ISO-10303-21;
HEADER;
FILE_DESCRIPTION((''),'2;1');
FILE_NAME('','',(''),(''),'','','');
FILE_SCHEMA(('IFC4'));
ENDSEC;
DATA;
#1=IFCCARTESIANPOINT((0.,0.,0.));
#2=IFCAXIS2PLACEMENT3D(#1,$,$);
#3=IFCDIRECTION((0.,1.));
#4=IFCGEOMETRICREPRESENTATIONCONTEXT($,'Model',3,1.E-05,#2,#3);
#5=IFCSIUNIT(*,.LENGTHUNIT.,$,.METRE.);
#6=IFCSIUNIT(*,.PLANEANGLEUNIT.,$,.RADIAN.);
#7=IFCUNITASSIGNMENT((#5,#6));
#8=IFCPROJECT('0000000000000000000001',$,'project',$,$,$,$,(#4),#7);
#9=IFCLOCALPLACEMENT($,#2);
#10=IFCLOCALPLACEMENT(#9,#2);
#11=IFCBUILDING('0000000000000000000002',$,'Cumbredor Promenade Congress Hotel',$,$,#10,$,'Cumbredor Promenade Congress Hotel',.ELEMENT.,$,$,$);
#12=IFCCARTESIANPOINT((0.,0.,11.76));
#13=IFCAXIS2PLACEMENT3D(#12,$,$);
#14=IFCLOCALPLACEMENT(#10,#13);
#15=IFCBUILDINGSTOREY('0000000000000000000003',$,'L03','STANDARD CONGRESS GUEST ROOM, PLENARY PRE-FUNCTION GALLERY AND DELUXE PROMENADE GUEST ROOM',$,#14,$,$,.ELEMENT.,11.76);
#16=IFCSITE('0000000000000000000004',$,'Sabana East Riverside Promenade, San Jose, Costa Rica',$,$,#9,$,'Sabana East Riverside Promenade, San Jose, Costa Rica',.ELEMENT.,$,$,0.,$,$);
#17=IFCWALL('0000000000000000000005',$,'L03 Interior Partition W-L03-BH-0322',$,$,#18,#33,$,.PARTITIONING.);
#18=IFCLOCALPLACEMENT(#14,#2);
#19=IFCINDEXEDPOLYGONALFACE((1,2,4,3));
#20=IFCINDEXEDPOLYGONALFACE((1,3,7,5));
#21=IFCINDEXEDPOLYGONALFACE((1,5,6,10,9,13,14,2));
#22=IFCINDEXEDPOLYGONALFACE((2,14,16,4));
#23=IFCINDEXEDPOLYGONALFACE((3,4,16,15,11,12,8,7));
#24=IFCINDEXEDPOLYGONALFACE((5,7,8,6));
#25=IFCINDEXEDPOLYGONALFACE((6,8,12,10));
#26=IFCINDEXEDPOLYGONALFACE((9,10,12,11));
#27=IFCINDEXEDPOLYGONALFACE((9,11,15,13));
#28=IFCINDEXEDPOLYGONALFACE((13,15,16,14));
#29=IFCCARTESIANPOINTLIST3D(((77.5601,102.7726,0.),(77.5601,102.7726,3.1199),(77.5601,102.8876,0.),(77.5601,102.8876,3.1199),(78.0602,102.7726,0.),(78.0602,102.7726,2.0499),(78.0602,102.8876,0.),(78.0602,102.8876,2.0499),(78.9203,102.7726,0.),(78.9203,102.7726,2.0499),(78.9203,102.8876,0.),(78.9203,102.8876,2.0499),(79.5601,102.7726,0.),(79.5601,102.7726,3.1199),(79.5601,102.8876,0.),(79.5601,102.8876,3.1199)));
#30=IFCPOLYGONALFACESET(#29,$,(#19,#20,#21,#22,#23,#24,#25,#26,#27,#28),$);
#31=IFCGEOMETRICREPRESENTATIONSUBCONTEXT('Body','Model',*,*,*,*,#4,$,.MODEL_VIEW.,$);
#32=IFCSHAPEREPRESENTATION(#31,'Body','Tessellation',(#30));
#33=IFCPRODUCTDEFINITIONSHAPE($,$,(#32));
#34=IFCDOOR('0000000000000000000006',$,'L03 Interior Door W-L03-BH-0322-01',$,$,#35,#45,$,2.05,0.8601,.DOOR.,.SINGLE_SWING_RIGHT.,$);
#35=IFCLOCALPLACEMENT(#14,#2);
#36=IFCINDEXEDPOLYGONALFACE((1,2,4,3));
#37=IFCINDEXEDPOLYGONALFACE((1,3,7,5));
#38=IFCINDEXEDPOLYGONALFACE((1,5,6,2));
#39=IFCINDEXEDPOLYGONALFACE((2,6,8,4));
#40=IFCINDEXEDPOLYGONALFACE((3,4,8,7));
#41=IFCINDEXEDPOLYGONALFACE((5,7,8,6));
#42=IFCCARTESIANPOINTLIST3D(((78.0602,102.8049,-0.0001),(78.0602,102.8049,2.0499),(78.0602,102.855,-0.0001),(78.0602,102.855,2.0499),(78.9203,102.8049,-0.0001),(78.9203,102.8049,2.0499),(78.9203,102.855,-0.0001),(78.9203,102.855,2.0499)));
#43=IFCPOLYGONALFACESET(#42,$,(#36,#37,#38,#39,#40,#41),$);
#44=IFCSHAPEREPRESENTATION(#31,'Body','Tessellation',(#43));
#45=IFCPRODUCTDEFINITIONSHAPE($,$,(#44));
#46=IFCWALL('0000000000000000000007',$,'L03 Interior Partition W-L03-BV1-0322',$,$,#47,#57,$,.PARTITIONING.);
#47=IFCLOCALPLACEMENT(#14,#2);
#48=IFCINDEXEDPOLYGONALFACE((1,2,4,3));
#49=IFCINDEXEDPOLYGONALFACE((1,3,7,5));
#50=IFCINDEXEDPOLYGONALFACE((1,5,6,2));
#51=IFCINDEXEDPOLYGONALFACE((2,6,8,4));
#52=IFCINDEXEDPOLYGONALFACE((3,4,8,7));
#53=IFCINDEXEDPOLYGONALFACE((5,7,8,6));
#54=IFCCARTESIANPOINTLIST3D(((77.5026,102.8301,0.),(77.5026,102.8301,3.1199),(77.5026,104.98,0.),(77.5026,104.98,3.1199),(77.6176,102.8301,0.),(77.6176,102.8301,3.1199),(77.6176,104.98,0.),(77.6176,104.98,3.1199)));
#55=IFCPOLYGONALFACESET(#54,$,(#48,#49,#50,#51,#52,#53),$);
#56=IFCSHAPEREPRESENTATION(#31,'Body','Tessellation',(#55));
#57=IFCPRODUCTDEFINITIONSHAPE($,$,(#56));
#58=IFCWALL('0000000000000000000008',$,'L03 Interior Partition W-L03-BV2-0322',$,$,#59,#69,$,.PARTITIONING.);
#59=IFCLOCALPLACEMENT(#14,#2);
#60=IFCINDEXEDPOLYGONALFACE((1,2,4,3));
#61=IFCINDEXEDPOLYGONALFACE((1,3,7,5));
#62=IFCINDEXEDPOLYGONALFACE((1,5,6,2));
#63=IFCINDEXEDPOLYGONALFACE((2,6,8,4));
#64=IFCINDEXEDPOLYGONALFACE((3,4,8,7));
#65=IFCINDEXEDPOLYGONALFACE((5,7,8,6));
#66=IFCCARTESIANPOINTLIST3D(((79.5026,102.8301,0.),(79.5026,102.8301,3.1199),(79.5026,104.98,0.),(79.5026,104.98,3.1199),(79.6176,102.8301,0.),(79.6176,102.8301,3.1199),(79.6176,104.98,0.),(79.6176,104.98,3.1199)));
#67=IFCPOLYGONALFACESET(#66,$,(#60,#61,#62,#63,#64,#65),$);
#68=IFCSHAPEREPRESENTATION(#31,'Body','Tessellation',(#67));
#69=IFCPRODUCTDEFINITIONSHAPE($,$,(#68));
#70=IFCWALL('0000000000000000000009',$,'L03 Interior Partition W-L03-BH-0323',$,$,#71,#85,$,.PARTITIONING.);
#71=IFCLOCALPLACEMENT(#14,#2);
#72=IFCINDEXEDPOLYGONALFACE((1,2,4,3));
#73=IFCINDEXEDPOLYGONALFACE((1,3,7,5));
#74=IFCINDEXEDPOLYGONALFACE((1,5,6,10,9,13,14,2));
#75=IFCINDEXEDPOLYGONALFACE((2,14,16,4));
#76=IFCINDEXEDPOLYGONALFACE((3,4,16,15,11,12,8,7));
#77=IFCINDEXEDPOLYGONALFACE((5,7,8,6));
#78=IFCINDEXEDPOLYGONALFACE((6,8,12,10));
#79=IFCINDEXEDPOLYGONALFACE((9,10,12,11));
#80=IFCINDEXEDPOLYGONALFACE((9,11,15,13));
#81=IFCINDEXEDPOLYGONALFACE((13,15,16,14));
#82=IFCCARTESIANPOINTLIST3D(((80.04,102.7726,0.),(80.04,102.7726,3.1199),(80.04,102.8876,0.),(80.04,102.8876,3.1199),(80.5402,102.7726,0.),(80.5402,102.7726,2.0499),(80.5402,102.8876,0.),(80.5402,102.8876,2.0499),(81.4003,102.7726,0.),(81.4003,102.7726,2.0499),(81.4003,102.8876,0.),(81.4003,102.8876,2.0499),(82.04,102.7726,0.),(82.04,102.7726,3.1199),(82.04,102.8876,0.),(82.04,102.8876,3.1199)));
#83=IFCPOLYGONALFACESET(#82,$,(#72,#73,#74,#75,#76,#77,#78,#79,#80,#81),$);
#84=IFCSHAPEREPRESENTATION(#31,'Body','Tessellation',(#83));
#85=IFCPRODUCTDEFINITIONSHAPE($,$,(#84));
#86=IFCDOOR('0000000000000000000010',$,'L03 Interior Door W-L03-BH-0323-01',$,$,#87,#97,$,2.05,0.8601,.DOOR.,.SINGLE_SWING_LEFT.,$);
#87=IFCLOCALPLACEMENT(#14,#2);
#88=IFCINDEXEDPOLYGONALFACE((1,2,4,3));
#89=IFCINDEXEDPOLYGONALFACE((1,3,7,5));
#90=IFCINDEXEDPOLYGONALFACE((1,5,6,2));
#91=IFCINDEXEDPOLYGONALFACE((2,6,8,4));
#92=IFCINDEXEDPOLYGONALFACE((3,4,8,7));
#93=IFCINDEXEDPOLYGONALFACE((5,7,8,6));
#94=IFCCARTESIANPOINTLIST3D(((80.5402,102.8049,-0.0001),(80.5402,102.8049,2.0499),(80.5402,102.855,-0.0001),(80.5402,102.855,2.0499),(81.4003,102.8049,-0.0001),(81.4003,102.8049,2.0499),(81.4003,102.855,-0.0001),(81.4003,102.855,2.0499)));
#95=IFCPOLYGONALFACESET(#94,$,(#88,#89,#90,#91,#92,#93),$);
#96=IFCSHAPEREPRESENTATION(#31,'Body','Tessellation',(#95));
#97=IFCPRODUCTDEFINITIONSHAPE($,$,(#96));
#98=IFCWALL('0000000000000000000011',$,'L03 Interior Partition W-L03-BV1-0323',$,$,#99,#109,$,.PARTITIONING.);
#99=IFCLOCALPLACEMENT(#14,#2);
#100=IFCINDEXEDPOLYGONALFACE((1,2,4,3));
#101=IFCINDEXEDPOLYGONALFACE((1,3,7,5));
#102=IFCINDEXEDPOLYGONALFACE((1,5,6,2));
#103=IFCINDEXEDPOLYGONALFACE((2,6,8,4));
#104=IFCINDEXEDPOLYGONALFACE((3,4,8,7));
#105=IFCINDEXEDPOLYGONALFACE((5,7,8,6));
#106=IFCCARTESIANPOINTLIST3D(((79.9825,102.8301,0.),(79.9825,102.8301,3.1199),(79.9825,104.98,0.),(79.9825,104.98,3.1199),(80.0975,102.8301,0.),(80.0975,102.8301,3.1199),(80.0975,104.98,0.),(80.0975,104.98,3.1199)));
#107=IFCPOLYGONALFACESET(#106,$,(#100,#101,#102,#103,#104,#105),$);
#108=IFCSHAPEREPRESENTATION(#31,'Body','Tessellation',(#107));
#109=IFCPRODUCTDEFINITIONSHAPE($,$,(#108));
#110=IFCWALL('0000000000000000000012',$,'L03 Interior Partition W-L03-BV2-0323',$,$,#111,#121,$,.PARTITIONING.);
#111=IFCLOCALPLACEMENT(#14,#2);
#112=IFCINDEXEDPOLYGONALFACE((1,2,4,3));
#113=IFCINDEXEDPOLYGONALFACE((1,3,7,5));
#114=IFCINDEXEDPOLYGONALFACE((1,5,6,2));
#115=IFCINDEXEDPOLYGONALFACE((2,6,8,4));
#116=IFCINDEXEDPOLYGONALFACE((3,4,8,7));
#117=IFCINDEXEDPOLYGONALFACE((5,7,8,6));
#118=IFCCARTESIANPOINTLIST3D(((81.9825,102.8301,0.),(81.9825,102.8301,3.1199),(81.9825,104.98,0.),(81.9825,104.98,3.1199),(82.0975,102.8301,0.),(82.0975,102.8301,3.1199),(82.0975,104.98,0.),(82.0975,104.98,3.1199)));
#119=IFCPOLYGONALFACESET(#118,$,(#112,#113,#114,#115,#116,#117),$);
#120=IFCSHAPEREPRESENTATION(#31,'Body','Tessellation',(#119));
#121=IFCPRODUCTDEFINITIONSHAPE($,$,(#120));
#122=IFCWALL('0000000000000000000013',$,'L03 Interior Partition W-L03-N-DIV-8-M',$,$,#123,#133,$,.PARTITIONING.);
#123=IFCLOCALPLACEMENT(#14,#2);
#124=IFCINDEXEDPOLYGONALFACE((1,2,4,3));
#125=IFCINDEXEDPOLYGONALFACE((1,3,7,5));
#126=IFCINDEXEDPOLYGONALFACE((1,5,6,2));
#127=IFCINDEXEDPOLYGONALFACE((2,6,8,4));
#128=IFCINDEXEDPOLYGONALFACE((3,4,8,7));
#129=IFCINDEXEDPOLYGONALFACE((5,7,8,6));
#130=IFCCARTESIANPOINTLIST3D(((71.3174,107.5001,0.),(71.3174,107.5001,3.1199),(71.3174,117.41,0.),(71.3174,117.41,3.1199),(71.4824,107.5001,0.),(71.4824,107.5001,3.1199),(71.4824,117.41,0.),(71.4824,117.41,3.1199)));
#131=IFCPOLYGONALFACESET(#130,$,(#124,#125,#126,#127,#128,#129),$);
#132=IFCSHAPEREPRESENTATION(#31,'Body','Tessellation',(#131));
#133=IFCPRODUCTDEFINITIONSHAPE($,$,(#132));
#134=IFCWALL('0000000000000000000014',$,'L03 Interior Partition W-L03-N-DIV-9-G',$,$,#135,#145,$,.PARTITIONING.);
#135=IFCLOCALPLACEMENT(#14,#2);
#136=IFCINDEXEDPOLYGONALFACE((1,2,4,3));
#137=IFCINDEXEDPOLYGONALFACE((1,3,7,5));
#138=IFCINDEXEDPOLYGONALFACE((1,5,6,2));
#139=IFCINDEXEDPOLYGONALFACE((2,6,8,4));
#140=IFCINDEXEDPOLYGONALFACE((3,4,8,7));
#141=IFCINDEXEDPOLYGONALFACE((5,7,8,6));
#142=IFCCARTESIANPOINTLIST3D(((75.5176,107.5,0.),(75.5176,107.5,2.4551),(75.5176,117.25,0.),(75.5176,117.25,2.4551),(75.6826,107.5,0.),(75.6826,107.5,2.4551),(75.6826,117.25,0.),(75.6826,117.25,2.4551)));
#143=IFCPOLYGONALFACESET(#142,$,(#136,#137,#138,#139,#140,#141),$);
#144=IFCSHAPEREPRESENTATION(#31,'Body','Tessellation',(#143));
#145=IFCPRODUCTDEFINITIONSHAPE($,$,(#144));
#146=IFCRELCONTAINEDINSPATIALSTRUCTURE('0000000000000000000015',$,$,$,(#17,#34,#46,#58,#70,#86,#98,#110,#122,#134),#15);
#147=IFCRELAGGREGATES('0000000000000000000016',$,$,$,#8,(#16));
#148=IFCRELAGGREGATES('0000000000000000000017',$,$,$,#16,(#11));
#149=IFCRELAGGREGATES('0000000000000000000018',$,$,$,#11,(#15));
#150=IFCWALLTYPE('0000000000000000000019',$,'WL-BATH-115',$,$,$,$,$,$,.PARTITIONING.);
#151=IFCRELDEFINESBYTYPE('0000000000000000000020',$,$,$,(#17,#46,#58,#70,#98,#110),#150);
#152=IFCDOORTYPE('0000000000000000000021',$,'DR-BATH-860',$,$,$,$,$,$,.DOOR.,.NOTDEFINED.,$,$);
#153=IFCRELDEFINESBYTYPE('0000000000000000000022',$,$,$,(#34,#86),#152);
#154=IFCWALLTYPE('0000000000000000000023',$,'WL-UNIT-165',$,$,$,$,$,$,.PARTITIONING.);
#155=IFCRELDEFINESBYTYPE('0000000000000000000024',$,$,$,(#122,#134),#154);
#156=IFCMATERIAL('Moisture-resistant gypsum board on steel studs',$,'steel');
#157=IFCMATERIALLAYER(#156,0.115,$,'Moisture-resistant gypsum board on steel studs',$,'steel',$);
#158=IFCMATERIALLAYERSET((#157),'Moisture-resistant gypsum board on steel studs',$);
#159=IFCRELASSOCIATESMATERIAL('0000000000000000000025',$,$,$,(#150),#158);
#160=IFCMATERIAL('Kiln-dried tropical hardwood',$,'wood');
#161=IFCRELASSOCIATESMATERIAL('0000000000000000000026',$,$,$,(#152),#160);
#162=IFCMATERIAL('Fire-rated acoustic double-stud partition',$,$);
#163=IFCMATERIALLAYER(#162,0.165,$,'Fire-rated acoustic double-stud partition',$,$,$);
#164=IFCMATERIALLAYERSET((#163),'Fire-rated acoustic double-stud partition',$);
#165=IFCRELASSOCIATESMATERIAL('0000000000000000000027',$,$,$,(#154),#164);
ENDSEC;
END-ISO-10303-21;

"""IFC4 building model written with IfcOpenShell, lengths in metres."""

from ifc_helpers import new_model, si_unit, direction, frame, frame_2d, origin, place, context, subcontext, project, spatial, rectangle, extrude, material, layer, layer_set, type_object, element, fill, save


model = new_model("IFC4")

# Units and contexts
model_context = context("Model", 3, precision=1e-05, world=origin(), true_north=direction((0.0, 1.0)))
body_context = subcontext(model_context, "Body", "Model", "MODEL_VIEW")
ifc_project = project(units=[si_unit("LENGTHUNIT", "METRE"), si_unit("PLANEANGLEUNIT", "RADIAN")], contexts=[model_context])

# Site, building, storey
site_placement = place(None, origin())
site = spatial("IfcSite", under=ifc_project, at=site_placement, Name="Sabana East Riverside Promenade, San Jose, Costa Rica", LongName="Sabana East Riverside Promenade, San Jose, Costa Rica", CompositionType="ELEMENT", RefElevation=0.0)
building_placement = place(site_placement, origin())
building = spatial("IfcBuilding", under=site, at=building_placement, Name="Cumbredor Promenade Congress Hotel", LongName="Cumbredor Promenade Congress Hotel", CompositionType="ELEMENT")
storey_placement = place(building_placement, frame((0.0, 0.0, 11.76)))
storey = spatial("IfcBuildingStorey", under=building, at=storey_placement, Name="L03", Description="STANDARD CONGRESS GUEST ROOM, PLENARY PRE-FUNCTION GALLERY AND DELUXE PROMENADE GUEST ROOM", CompositionType="ELEMENT", Elevation=11.76)

# Shared definitions
ifc_material_1 = material(Name="Moisture-resistant gypsum board on steel studs", Category="steel")
ifc_layer_1 = layer(ifc_material_1, 0.115, Name="Moisture-resistant gypsum board on steel studs", Category="steel")
ifc_layer_set_1 = layer_set([ifc_layer_1], Name="Moisture-resistant gypsum board on steel studs")
wall_type_1 = type_object("IfcWallType", Name="WL-BATH-115", PredefinedType="PARTITIONING", material=ifc_layer_set_1)

# Shared definitions
ifc_material_2 = material(Name="Kiln-dried tropical hardwood", Category="wood")
door_type = type_object("IfcDoorType", Name="DR-BATH-860", OperationType="NOTDEFINED", PredefinedType="DOOR", material=ifc_material_2)

# Wall, opening, door
wall_1_placement = place(storey_placement, frame((77.5601, 102.8301, 0.0), z_axis=(0.0, 0.0, 1.0), x_axis=(1.0, 0.0, 0.0)))
wall_1 = element("IfcWall", 1, at=wall_1_placement, inside=storey, type_object=wall_type_1, Name="L03 Interior Partition W-L03-BH-0322", PredefinedType="PARTITIONING", context=body_context, shape_type="SweptSolid", body=[
    extrude(rectangle(XDim=2.0, YDim=0.115, at=frame_2d((1.0, 0.0))), origin(), (0.0, 0.0, 1.0), 3.1199),
])
opening_1_placement = place(wall_1_placement, frame((0.5, 0.0, 0.0)))
opening_1 = element("IfcOpeningElement", 2, at=opening_1_placement, cuts=wall_1, PredefinedType="OPENING", context=body_context, shape_type="SweptSolid", body=[
    extrude(rectangle(XDim=0.8601, YDim=2.05, at=frame_2d((0.4302, 1.0249))), frame((0.0, 0.0674, 0.0), z_axis=(0.0, -1.0, 0.0), x_axis=(1.0, 0.0, 0.0)), (0.0, 0.0, 1.0), 0.135),
])
door_1_placement = place(opening_1_placement, origin())
door_1 = element("IfcDoor", 3, at=door_1_placement, inside=storey, type_object=door_type, Name="L03 Interior Door W-L03-BH-0322-01", OperationType="SINGLE_SWING_RIGHT", OverallHeight=2.05, OverallWidth=0.8601, PredefinedType="DOOR", context=body_context, shape_type="SweptSolid", body=[
    extrude(rectangle(XDim=0.8601, YDim=2.05, at=frame_2d((0.4302, 1.0249))), frame((0.0, 0.0249, 0.0), z_axis=(0.0, -1.0, 0.0), x_axis=(1.0, 0.0, 0.0)), (0.0, 0.0, 1.0), 0.05),
])
fill(opening_1, door_1)

# Walls
for number, where, z_axis, x_axis, name in (
    (4, (77.5601, 102.8301, 0.0), (0.0, 0.0, 1.0), (0.0, 1.0, 0.0), "L03 Interior Partition W-L03-BV1-0322"),
    (5, (79.5601, 102.8301, 0.0), (0.0, 0.0, 1.0), (0.0, 1.0, 0.0), "L03 Interior Partition W-L03-BV2-0322"),
):
    element("IfcWall", number, at=place(storey_placement, frame(where, z_axis=z_axis, x_axis=x_axis)), inside=storey, type_object=wall_type_1, Name=name, PredefinedType="PARTITIONING", context=body_context, shape_type="SweptSolid", body=[
        extrude(rectangle(XDim=2.1499, YDim=0.115, at=frame_2d((1.075, 0.0))), origin(), (0.0, 0.0, 1.0), 3.1199),
    ])

# Wall, opening, door
wall_2_placement = place(storey_placement, frame((80.04, 102.8301, 0.0), z_axis=(0.0, 0.0, 1.0), x_axis=(1.0, 0.0, 0.0)))
wall_2 = element("IfcWall", 6, at=wall_2_placement, inside=storey, type_object=wall_type_1, Name="L03 Interior Partition W-L03-BH-0323", PredefinedType="PARTITIONING", context=body_context, shape_type="SweptSolid", body=[
    extrude(rectangle(XDim=2.0, YDim=0.115, at=frame_2d((1.0, 0.0))), origin(), (0.0, 0.0, 1.0), 3.1199),
])
opening_2_placement = place(wall_2_placement, frame((0.5, 0.0, 0.0)))
opening_2 = element("IfcOpeningElement", 7, at=opening_2_placement, cuts=wall_2, PredefinedType="OPENING", context=body_context, shape_type="SweptSolid", body=[
    extrude(rectangle(XDim=0.8601, YDim=2.05, at=frame_2d((0.4302, 1.0249))), frame((0.0, 0.0674, 0.0), z_axis=(0.0, -1.0, 0.0), x_axis=(1.0, 0.0, 0.0)), (0.0, 0.0, 1.0), 0.135),
])
door_2_placement = place(opening_2_placement, origin())
door_2 = element("IfcDoor", 8, at=door_2_placement, inside=storey, type_object=door_type, Name="L03 Interior Door W-L03-BH-0323-01", OperationType="SINGLE_SWING_LEFT", OverallHeight=2.05, OverallWidth=0.8601, PredefinedType="DOOR", context=body_context, shape_type="SweptSolid", body=[
    extrude(rectangle(XDim=0.8601, YDim=2.05, at=frame_2d((0.4302, 1.0249))), frame((0.0, 0.0249, 0.0), z_axis=(0.0, -1.0, 0.0), x_axis=(1.0, 0.0, 0.0)), (0.0, 0.0, 1.0), 0.05),
])
fill(opening_2, door_2)

# Walls
for number, where, z_axis, x_axis, name in (
    (9, (80.04, 102.8301, 0.0), (0.0, 0.0, 1.0), (0.0, 1.0, 0.0), "L03 Interior Partition W-L03-BV1-0323"),
    (10, (82.04, 102.8301, 0.0), (0.0, 0.0, 1.0), (0.0, 1.0, 0.0), "L03 Interior Partition W-L03-BV2-0323"),
):
    element("IfcWall", number, at=place(storey_placement, frame(where, z_axis=z_axis, x_axis=x_axis)), inside=storey, type_object=wall_type_1, Name=name, PredefinedType="PARTITIONING", context=body_context, shape_type="SweptSolid", body=[
        extrude(rectangle(XDim=2.1499, YDim=0.115, at=frame_2d((1.075, 0.0))), origin(), (0.0, 0.0, 1.0), 3.1199),
    ])
ifc_material_3 = material(Name="Fire-rated acoustic double-stud partition")
ifc_layer_2 = layer(ifc_material_3, 0.165, Name="Fire-rated acoustic double-stud partition")
ifc_layer_set_2 = layer_set([ifc_layer_2], Name="Fire-rated acoustic double-stud partition")
wall_type_2 = type_object("IfcWallType", Name="WL-UNIT-165", PredefinedType="PARTITIONING", material=ifc_layer_set_2)
wall_3_placement = place(storey_placement, frame((71.3999, 107.5, 0.0), z_axis=(0.0, 0.0, 1.0), x_axis=(0.0, 1.0, 0.0)))
element("IfcWall", 11, at=wall_3_placement, inside=storey, type_object=wall_type_2, Name="L03 Interior Partition W-L03-N-DIV-8-M", PredefinedType="PARTITIONING", context=body_context, shape_type="SweptSolid", body=[
    extrude(rectangle(XDim=9.9099, YDim=0.165, at=frame_2d((4.9551, 0.0))), origin(), (0.0, 0.0, 1.0), 3.1199),
])
wall_4_placement = place(storey_placement, frame((75.6001, 107.5, 0.0), z_axis=(0.0, 0.0, 1.0), x_axis=(0.0, 1.0, 0.0)))
element("IfcWall", 12, at=wall_4_placement, inside=storey, type_object=wall_type_2, Name="L03 Interior Partition W-L03-N-DIV-9-G", PredefinedType="PARTITIONING", context=body_context, shape_type="SweptSolid", body=[
    extrude(rectangle(XDim=9.75, YDim=0.165, at=frame_2d((4.875, 0.0))), origin(), (0.0, 0.0, 1.0), 2.4551),
])

save(model, "model.ifc")
